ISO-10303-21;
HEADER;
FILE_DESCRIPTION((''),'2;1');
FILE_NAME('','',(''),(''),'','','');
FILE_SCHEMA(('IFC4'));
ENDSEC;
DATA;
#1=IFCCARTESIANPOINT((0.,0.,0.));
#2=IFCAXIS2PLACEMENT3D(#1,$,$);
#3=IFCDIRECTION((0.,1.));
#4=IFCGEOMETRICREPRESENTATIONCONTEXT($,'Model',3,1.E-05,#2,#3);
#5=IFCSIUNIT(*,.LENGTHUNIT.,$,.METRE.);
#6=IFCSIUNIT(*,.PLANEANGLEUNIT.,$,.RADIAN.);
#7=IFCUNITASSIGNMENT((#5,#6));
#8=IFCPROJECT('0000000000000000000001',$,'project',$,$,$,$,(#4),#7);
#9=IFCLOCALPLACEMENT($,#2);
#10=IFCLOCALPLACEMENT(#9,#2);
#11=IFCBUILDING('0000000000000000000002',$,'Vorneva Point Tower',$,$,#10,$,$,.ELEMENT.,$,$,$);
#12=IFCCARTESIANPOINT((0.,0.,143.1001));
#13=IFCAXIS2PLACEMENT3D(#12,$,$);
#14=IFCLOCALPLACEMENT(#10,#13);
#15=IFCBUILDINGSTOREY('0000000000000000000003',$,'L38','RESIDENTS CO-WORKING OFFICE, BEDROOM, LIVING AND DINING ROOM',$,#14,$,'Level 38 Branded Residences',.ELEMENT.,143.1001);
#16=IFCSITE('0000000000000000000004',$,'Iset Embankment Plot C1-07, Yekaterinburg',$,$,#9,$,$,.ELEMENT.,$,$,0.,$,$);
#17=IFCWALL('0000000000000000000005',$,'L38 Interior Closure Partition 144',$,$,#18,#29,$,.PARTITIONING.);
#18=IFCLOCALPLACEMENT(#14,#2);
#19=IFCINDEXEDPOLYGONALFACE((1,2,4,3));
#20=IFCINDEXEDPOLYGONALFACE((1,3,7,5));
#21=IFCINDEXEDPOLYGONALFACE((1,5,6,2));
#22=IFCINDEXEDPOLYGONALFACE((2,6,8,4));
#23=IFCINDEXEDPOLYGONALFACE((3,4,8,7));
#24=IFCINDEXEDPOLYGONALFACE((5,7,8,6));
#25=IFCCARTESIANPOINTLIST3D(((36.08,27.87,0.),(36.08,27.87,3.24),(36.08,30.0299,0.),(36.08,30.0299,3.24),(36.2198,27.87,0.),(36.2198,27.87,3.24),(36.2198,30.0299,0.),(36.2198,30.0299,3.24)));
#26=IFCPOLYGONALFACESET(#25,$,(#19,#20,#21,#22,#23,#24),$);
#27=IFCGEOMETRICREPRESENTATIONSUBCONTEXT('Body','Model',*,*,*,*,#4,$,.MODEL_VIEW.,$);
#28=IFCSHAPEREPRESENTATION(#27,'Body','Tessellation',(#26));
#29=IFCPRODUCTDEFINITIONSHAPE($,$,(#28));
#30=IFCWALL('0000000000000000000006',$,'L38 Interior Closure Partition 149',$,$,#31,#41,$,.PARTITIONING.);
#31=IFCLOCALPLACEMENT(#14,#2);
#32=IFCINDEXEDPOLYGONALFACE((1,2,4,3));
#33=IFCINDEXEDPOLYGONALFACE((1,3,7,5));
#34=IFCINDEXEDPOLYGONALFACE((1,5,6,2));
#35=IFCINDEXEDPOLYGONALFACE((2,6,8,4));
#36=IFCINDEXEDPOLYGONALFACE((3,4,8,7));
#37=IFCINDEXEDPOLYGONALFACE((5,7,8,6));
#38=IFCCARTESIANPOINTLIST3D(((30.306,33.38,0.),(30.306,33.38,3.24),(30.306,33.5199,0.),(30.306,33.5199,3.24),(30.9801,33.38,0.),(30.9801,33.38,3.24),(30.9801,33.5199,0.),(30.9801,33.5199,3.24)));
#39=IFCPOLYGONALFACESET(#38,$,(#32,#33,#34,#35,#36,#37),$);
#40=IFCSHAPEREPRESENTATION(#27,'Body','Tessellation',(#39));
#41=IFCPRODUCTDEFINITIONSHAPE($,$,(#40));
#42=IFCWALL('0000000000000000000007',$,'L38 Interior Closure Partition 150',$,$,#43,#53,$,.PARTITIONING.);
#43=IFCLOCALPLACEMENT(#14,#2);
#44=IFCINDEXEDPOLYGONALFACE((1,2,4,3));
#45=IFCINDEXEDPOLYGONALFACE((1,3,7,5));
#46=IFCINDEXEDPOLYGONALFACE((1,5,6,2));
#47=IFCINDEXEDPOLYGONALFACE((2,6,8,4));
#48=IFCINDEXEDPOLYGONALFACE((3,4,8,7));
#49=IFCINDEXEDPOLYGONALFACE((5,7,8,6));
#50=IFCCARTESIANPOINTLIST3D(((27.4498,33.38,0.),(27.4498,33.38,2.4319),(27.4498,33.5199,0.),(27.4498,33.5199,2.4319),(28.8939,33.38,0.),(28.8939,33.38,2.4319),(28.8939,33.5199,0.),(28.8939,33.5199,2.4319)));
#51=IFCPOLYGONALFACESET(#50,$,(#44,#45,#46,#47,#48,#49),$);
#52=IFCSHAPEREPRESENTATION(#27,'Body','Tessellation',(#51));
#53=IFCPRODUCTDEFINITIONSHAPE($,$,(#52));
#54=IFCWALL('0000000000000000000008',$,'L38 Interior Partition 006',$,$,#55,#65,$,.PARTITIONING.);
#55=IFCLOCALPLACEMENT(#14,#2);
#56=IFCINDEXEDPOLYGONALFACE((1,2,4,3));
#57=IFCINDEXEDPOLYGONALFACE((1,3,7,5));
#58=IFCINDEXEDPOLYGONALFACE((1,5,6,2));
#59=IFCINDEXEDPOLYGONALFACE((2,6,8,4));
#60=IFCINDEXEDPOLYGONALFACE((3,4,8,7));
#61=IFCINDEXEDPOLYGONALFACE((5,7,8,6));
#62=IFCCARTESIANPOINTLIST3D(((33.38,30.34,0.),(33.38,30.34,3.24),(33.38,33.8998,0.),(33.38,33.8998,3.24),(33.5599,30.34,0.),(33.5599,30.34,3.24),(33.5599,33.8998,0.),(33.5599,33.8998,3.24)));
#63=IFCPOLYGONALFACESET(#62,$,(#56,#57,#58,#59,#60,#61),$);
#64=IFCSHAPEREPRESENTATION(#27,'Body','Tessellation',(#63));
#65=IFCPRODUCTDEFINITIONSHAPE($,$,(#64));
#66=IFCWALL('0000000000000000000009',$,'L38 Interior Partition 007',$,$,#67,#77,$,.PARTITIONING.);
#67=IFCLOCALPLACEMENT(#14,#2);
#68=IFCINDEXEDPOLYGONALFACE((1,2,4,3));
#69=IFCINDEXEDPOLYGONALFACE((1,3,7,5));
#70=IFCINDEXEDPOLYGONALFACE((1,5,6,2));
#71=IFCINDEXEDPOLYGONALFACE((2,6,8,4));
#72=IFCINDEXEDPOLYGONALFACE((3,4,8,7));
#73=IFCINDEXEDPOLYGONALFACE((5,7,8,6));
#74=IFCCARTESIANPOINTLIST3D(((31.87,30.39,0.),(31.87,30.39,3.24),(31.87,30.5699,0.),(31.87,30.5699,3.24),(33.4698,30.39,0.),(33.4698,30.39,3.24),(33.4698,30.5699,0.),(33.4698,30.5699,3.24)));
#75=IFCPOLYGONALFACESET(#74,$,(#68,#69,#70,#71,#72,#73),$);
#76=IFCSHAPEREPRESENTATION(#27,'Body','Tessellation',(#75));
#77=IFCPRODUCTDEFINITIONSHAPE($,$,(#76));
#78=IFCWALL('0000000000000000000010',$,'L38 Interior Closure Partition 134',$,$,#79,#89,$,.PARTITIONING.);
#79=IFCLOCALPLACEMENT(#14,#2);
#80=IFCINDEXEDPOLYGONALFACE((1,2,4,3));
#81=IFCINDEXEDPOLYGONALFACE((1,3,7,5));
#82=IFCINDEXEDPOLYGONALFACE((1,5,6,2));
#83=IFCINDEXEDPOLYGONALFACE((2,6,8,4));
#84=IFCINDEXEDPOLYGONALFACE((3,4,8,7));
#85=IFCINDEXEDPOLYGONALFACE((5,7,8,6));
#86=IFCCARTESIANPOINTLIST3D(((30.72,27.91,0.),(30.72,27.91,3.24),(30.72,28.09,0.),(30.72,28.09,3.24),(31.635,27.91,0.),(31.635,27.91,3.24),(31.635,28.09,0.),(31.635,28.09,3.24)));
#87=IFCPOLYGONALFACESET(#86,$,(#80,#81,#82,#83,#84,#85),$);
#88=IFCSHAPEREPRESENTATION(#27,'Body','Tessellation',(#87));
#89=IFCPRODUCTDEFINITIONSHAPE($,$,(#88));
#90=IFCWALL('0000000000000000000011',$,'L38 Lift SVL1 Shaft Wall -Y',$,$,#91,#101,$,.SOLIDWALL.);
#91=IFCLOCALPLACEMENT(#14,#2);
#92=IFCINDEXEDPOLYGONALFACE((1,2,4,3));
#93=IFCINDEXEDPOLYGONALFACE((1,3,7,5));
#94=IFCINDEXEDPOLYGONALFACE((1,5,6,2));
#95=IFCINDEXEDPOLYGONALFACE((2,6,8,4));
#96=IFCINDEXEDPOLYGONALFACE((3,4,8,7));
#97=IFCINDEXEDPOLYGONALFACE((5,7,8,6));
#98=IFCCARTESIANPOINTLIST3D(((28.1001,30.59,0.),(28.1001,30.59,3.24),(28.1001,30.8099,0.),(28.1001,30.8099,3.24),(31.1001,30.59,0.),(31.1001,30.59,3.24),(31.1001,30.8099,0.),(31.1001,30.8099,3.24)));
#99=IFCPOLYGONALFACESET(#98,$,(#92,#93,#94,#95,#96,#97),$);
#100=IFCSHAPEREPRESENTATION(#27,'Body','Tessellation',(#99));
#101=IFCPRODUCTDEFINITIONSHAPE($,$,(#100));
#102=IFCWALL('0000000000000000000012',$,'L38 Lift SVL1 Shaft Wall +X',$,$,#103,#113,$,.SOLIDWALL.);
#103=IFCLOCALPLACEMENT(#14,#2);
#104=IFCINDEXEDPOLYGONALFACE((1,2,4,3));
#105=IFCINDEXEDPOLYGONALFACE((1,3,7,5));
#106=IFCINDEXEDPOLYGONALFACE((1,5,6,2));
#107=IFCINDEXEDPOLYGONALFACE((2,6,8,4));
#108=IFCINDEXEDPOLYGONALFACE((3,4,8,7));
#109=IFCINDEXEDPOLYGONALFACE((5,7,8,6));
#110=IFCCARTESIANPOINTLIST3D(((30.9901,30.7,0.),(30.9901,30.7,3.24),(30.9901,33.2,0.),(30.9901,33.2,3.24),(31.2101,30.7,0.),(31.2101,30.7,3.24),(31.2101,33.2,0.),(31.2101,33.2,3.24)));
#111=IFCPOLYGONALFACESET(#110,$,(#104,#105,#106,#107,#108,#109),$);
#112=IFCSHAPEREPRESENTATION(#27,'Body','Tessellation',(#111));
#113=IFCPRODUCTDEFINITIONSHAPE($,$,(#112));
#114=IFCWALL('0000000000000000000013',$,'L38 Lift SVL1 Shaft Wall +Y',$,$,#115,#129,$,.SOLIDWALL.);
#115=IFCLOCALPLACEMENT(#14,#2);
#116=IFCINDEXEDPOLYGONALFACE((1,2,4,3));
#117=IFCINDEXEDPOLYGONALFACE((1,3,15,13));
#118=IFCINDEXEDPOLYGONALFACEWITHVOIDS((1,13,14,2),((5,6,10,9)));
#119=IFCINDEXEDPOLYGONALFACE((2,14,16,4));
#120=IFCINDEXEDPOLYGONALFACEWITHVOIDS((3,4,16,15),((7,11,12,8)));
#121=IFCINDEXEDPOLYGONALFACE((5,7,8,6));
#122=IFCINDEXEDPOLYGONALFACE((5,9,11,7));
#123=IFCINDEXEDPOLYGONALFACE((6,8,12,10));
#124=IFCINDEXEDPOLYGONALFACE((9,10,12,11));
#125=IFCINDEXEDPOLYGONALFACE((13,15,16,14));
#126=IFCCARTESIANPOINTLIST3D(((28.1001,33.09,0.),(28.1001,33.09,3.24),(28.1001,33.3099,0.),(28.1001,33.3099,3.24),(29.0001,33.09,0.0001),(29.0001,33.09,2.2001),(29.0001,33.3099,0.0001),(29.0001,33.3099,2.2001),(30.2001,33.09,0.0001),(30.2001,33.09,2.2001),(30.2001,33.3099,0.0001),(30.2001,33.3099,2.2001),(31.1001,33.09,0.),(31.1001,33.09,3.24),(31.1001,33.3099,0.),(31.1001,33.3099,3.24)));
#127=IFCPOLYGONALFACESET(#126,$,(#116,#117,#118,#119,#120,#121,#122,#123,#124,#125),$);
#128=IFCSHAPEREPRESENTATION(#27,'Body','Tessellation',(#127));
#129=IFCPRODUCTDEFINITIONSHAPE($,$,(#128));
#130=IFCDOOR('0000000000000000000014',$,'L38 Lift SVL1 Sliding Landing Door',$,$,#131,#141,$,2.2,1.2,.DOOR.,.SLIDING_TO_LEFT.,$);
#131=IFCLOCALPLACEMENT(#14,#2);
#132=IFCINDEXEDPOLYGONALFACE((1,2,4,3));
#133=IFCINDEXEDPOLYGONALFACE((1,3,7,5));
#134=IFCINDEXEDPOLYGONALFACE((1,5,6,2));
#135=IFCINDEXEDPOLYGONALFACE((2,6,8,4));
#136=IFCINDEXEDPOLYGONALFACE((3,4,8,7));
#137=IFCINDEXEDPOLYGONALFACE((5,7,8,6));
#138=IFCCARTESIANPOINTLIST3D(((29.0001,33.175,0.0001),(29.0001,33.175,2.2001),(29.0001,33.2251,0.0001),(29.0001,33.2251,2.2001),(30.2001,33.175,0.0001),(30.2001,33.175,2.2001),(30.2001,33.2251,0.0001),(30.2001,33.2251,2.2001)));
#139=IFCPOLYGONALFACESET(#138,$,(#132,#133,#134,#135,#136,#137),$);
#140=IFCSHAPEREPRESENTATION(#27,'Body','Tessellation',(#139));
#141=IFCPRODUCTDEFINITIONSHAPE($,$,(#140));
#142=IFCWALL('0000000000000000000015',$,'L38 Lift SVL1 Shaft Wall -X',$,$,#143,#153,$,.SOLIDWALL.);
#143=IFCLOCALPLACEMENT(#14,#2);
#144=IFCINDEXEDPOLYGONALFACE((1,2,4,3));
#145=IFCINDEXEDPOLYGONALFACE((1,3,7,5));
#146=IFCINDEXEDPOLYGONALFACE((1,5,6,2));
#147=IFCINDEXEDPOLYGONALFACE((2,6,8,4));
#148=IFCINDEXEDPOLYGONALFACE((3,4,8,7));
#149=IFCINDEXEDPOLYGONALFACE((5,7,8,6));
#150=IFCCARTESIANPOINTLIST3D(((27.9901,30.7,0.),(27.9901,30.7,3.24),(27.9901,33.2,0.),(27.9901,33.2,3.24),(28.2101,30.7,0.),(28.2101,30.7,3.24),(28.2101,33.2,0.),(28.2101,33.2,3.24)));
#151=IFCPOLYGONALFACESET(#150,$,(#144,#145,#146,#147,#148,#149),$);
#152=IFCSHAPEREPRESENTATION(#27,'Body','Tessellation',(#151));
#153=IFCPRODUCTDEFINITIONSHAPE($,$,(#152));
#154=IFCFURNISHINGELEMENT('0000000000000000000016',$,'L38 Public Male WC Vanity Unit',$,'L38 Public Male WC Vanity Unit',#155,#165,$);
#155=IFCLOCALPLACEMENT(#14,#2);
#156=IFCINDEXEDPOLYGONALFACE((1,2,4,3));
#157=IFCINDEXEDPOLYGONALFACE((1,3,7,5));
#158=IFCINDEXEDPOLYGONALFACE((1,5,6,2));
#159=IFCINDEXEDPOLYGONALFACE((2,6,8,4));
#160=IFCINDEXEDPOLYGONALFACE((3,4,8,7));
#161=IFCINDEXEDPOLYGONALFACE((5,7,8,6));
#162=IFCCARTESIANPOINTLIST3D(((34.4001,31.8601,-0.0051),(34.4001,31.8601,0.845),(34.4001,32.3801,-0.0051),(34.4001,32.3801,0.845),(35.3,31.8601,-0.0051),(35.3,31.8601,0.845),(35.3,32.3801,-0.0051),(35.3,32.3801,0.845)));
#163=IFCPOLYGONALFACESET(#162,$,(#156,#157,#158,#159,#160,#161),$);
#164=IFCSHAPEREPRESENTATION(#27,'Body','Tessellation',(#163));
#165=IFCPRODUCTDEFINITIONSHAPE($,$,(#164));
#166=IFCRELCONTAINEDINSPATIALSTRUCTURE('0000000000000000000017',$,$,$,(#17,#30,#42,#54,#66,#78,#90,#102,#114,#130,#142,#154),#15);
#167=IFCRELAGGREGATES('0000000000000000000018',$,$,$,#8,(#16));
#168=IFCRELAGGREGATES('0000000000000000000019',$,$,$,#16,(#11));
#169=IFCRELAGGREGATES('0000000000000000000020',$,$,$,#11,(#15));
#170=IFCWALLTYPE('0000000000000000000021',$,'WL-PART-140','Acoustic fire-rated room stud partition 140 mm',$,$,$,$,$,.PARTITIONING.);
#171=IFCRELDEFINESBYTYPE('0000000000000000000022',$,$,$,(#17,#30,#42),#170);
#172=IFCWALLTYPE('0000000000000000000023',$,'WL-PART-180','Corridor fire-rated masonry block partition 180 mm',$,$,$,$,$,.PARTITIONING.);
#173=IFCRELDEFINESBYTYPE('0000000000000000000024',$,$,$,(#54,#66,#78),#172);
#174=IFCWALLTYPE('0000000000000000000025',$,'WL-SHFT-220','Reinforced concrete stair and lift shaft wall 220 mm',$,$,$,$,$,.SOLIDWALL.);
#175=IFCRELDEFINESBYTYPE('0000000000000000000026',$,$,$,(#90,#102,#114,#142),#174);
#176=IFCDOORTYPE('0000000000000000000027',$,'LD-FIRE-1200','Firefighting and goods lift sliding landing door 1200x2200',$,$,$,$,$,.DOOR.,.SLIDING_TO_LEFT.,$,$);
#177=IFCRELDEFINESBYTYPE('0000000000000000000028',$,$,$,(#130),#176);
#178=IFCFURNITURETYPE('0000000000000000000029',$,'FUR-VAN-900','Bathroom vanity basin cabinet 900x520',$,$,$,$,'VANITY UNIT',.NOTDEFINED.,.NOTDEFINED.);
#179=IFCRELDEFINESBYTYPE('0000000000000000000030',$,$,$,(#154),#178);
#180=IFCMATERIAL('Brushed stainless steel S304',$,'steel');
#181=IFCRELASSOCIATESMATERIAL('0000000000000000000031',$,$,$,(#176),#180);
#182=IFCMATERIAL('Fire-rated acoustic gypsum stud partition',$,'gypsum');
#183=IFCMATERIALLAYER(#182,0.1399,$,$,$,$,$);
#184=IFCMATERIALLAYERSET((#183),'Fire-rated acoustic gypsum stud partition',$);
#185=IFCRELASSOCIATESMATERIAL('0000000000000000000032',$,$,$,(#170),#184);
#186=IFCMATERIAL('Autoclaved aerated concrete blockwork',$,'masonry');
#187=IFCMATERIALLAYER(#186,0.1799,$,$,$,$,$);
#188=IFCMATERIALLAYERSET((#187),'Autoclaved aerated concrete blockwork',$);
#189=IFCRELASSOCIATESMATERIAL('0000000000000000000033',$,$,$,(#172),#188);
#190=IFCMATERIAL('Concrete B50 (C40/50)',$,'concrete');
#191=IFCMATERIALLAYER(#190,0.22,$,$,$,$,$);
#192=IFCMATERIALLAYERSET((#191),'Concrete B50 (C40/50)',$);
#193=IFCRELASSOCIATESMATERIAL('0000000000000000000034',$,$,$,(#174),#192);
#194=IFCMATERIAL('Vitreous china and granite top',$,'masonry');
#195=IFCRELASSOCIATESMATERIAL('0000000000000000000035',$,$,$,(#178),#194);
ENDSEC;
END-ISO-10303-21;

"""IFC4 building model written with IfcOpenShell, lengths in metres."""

from ifc_helpers import new_model, si_unit, direction, frame, frame_2d, origin, origin_2d, place, context, subcontext, project, spatial, rectangle, extrude, material, layer, layer_set, type_object, element, fill, save


model = new_model("IFC4")

# Units and contexts
model_context = context("Model", 3, precision=1e-05, world=origin(), true_north=direction((0.0, 1.0)))
body_context = subcontext(model_context, "Body", "Model", "MODEL_VIEW")
ifc_project = project(units=[si_unit("LENGTHUNIT", "METRE"), si_unit("PLANEANGLEUNIT", "RADIAN")], contexts=[model_context])

# Site, building, storey
site_placement = place(None, origin())
site = spatial("IfcSite", under=ifc_project, at=site_placement, Name="Iset Embankment Plot C1-07, Yekaterinburg", CompositionType="ELEMENT", RefElevation=0.0)
building_placement = place(site_placement, origin())
building = spatial("IfcBuilding", under=site, at=building_placement, Name="Vorneva Point Tower", CompositionType="ELEMENT")
storey_placement = place(building_placement, frame((0.0, 0.0, 143.1001)))
storey = spatial("IfcBuildingStorey", under=building, at=storey_placement, Name="L38", Description="RESIDENTS CO-WORKING OFFICE, BEDROOM, LIVING AND DINING ROOM", LongName="Level 38 Branded Residences", CompositionType="ELEMENT", Elevation=143.1001)

# Shared definitions
ifc_material_1 = material(Name="Brushed stainless steel S304", Category="steel")
door_type_1 = type_object("IfcDoorType", Name="LD-FIRE-1200", Description="Firefighting and goods lift sliding landing door 1200x2200", OperationType="SLIDING_TO_LEFT", PredefinedType="DOOR", material=ifc_material_1)

# Walls
ifc_material_2 = material(Name="Fire-rated acoustic gypsum stud partition", Category="gypsum")
ifc_layer_1 = layer(ifc_material_2, 0.1399)
ifc_layer_set_1 = layer_set([ifc_layer_1], Name="Fire-rated acoustic gypsum stud partition")
wall_type_1 = type_object("IfcWallType", Name="WL-PART-140", Description="Acoustic fire-rated room stud partition 140 mm", PredefinedType="PARTITIONING", material=ifc_layer_set_1)
wall_1_placement = place(storey_placement, frame((36.1499, 30.03, 0.0), z_axis=(0.0, 0.0, 1.0), x_axis=(0.0, -1.0, 0.0)))
element("IfcWall", 1, at=wall_1_placement, inside=storey, type_object=wall_type_1, Name="L38 Interior Closure Partition 144", PredefinedType="PARTITIONING", context=body_context, shape_type="SweptSolid", body=[
    extrude(rectangle(XDim=2.1599, YDim=0.1399, at=frame_2d((1.0801, 0.0))), origin(), (0.0, 0.0, 1.0), 3.24),
])
wall_2_placement = place(storey_placement, frame((30.98, 33.45, 0.0), z_axis=(0.0, 0.0, 1.0), x_axis=(-1.0, 0.0, 0.0)))
element("IfcWall", 2, at=wall_2_placement, inside=storey, type_object=wall_type_1, Name="L38 Interior Closure Partition 149", PredefinedType="PARTITIONING", context=body_context, shape_type="SweptSolid", body=[
    extrude(rectangle(XDim=0.6741, YDim=0.1399, at=frame_2d((0.3369, 0.0))), origin(), (0.0, 0.0, 1.0), 3.24),
])
wall_3_placement = place(storey_placement, frame((28.894, 33.45, 0.0), z_axis=(0.0, 0.0, 1.0), x_axis=(-1.0, 0.0, 0.0)))
element("IfcWall", 3, at=wall_3_placement, inside=storey, type_object=wall_type_1, Name="L38 Interior Closure Partition 150", PredefinedType="PARTITIONING", context=body_context, shape_type="SweptSolid", body=[
    extrude(rectangle(XDim=1.4441, YDim=0.1399, at=frame_2d((0.7222, 0.0))), origin(), (0.0, 0.0, 1.0), 2.4319),
])

# Shared definitions
ifc_material_3 = material(Name="Autoclaved aerated concrete blockwork", Category="masonry")
ifc_layer_2 = layer(ifc_material_3, 0.1799)
ifc_layer_set_2 = layer_set([ifc_layer_2], Name="Autoclaved aerated concrete blockwork")
wall_type_2 = type_object("IfcWallType", Name="WL-PART-180", Description="Corridor fire-rated masonry block partition 180 mm", PredefinedType="PARTITIONING", material=ifc_layer_set_2)

# Walls
wall_4_placement = place(storey_placement, frame((33.47, 30.3401, 0.0), z_axis=(0.0, 0.0, 1.0), x_axis=(0.0, 1.0, 0.0)))
element("IfcWall", 4, at=wall_4_placement, inside=storey, type_object=wall_type_2, Name="L38 Interior Partition 006", PredefinedType="PARTITIONING", context=body_context, shape_type="SweptSolid", body=[
    extrude(rectangle(XDim=3.5598, YDim=0.1799, at=frame_2d((1.7798, 0.0))), origin(), (0.0, 0.0, 1.0), 3.24),
])
wall_5_placement = place(storey_placement, frame((31.8701, 30.48, 0.0), z_axis=(0.0, 0.0, 1.0), x_axis=(1.0, 0.0, 0.0)))
element("IfcWall", 5, at=wall_5_placement, inside=storey, type_object=wall_type_2, Name="L38 Interior Partition 007", PredefinedType="PARTITIONING", context=body_context, shape_type="SweptSolid", body=[
    extrude(rectangle(XDim=1.5999, YDim=0.1799, at=frame_2d((0.7998, 0.0))), origin(), (0.0, 0.0, 1.0), 3.24),
])

# Walls
wall_6_placement = place(storey_placement, frame((31.635, 28.0, 0.0), z_axis=(0.0, 0.0, 1.0), x_axis=(-1.0, 0.0, 0.0)))
element("IfcWall", 6, at=wall_6_placement, inside=storey, type_object=wall_type_2, Name="L38 Interior Closure Partition 134", PredefinedType="PARTITIONING", context=body_context, shape_type="SweptSolid", body=[
    extrude(rectangle(XDim=0.915, YDim=0.1799, at=frame_2d((0.4575, 0.0))), origin(), (0.0, 0.0, 1.0), 3.24),
])
ifc_material_4 = material(Name="Concrete B50 (C40/50)", Category="concrete")
ifc_layer_3 = layer(ifc_material_4, 0.22)
ifc_layer_set_3 = layer_set([ifc_layer_3], Name="Concrete B50 (C40/50)")
wall_type_3 = type_object("IfcWallType", Name="WL-SHFT-220", Description="Reinforced concrete stair and lift shaft wall 220 mm", PredefinedType="SOLIDWALL", material=ifc_layer_set_3)
wall_7_placement = place(storey_placement, frame((28.1001, 30.7, 0.0), z_axis=(0.0, 0.0, 1.0), x_axis=(1.0, 0.0, 0.0)))
element("IfcWall", 7, at=wall_7_placement, inside=storey, type_object=wall_type_3, Name="L38 Lift SVL1 Shaft Wall -Y", PredefinedType="SOLIDWALL", context=body_context, shape_type="SweptSolid", body=[
    extrude(rectangle(XDim=3.0, YDim=0.22, at=frame_2d((1.5, 0.0))), origin(), (0.0, 0.0, 1.0), 3.24),
])
wall_8_placement = place(storey_placement, frame((31.1001, 30.7, 0.0), z_axis=(0.0, 0.0, 1.0), x_axis=(0.0, 1.0, 0.0)))
element("IfcWall", 8, at=wall_8_placement, inside=storey, type_object=wall_type_3, Name="L38 Lift SVL1 Shaft Wall +X", PredefinedType="SOLIDWALL", context=body_context, shape_type="SweptSolid", body=[
    extrude(rectangle(XDim=2.5, YDim=0.22, at=frame_2d((1.25, 0.0))), origin(), (0.0, 0.0, 1.0), 3.24),
])

# Wall, opening, door
wall_9_placement = place(storey_placement, frame((31.1001, 33.2, 0.0), z_axis=(0.0, 0.0, 1.0), x_axis=(-1.0, 0.0, 0.0)))
wall_9 = element("IfcWall", 9, at=wall_9_placement, inside=storey, type_object=wall_type_3, Name="L38 Lift SVL1 Shaft Wall +Y", PredefinedType="SOLIDWALL", context=body_context, shape_type="SweptSolid", body=[
    extrude(rectangle(XDim=3.0, YDim=0.22, at=frame_2d((1.5, 0.0))), origin(), (0.0, 0.0, 1.0), 3.24),
])
opening_1_placement = place(wall_9_placement, frame((0.8999, 0.0, 0.0)))
opening_1 = element("IfcOpeningElement", 10, at=opening_1_placement, cuts=wall_9, PredefinedType="OPENING", context=body_context, shape_type="SweptSolid", body=[
    extrude(rectangle(XDim=1.2, YDim=2.2, at=frame_2d((0.6001, 1.1001))), frame((0.0, 0.125, 0.0), z_axis=(0.0, -1.0, 0.0), x_axis=(1.0, 0.0, 0.0)), (0.0, 0.0, 1.0), 0.2498),
])
door_1_placement = place(opening_1_placement, origin())
door_1 = element("IfcDoor", 11, at=door_1_placement, inside=storey, type_object=door_type_1, Name="L38 Lift SVL1 Sliding Landing Door", OperationType="SLIDING_TO_LEFT", OverallHeight=2.2, OverallWidth=1.2, PredefinedType="DOOR", context=body_context, shape_type="SweptSolid", body=[
    extrude(rectangle(XDim=1.2, YDim=2.2, at=frame_2d((0.6001, 1.1001))), frame((0.0, 0.0249, 0.0), z_axis=(0.0, -1.0, 0.0), x_axis=(1.0, 0.0, 0.0)), (0.0, 0.0, 1.0), 0.05),
])
fill(opening_1, door_1)

# Wall
wall_10_placement = place(storey_placement, frame((28.1001, 33.2, 0.0), z_axis=(0.0, 0.0, 1.0), x_axis=(0.0, -1.0, 0.0)))
element("IfcWall", 12, at=wall_10_placement, inside=storey, type_object=wall_type_3, Name="L38 Lift SVL1 Shaft Wall -X", PredefinedType="SOLIDWALL", context=body_context, shape_type="SweptSolid", body=[
    extrude(rectangle(XDim=2.5, YDim=0.22, at=frame_2d((1.25, 0.0))), origin(), (0.0, 0.0, 1.0), 3.24),
])

# Furnishing element
ifc_material_5 = material(Name="Vitreous china and granite top", Category="masonry")
furniture_type = type_object("IfcFurnitureType", Name="FUR-VAN-900", Description="Bathroom vanity basin cabinet 900x520", ElementType="VANITY UNIT", AssemblyPlace="NOTDEFINED", PredefinedType="NOTDEFINED", material=ifc_material_5)
furnishing_placement = place(storey_placement, frame((34.8501, 32.1201, -0.0051), z_axis=(0.0, 0.0, 1.0), x_axis=(1.0, 0.0, 0.0)))
element("IfcFurnishingElement", 13, at=furnishing_placement, inside=storey, type_object=furniture_type, Name="L38 Public Male WC Vanity Unit", ObjectType="L38 Public Male WC Vanity Unit", context=body_context, shape_type="SweptSolid", body=[
    extrude(rectangle(XDim=0.8999, YDim=0.52, at=origin_2d()), origin(), (0.0, 0.0, 1.0), 0.8501),
])

save(model, "model.ifc")
